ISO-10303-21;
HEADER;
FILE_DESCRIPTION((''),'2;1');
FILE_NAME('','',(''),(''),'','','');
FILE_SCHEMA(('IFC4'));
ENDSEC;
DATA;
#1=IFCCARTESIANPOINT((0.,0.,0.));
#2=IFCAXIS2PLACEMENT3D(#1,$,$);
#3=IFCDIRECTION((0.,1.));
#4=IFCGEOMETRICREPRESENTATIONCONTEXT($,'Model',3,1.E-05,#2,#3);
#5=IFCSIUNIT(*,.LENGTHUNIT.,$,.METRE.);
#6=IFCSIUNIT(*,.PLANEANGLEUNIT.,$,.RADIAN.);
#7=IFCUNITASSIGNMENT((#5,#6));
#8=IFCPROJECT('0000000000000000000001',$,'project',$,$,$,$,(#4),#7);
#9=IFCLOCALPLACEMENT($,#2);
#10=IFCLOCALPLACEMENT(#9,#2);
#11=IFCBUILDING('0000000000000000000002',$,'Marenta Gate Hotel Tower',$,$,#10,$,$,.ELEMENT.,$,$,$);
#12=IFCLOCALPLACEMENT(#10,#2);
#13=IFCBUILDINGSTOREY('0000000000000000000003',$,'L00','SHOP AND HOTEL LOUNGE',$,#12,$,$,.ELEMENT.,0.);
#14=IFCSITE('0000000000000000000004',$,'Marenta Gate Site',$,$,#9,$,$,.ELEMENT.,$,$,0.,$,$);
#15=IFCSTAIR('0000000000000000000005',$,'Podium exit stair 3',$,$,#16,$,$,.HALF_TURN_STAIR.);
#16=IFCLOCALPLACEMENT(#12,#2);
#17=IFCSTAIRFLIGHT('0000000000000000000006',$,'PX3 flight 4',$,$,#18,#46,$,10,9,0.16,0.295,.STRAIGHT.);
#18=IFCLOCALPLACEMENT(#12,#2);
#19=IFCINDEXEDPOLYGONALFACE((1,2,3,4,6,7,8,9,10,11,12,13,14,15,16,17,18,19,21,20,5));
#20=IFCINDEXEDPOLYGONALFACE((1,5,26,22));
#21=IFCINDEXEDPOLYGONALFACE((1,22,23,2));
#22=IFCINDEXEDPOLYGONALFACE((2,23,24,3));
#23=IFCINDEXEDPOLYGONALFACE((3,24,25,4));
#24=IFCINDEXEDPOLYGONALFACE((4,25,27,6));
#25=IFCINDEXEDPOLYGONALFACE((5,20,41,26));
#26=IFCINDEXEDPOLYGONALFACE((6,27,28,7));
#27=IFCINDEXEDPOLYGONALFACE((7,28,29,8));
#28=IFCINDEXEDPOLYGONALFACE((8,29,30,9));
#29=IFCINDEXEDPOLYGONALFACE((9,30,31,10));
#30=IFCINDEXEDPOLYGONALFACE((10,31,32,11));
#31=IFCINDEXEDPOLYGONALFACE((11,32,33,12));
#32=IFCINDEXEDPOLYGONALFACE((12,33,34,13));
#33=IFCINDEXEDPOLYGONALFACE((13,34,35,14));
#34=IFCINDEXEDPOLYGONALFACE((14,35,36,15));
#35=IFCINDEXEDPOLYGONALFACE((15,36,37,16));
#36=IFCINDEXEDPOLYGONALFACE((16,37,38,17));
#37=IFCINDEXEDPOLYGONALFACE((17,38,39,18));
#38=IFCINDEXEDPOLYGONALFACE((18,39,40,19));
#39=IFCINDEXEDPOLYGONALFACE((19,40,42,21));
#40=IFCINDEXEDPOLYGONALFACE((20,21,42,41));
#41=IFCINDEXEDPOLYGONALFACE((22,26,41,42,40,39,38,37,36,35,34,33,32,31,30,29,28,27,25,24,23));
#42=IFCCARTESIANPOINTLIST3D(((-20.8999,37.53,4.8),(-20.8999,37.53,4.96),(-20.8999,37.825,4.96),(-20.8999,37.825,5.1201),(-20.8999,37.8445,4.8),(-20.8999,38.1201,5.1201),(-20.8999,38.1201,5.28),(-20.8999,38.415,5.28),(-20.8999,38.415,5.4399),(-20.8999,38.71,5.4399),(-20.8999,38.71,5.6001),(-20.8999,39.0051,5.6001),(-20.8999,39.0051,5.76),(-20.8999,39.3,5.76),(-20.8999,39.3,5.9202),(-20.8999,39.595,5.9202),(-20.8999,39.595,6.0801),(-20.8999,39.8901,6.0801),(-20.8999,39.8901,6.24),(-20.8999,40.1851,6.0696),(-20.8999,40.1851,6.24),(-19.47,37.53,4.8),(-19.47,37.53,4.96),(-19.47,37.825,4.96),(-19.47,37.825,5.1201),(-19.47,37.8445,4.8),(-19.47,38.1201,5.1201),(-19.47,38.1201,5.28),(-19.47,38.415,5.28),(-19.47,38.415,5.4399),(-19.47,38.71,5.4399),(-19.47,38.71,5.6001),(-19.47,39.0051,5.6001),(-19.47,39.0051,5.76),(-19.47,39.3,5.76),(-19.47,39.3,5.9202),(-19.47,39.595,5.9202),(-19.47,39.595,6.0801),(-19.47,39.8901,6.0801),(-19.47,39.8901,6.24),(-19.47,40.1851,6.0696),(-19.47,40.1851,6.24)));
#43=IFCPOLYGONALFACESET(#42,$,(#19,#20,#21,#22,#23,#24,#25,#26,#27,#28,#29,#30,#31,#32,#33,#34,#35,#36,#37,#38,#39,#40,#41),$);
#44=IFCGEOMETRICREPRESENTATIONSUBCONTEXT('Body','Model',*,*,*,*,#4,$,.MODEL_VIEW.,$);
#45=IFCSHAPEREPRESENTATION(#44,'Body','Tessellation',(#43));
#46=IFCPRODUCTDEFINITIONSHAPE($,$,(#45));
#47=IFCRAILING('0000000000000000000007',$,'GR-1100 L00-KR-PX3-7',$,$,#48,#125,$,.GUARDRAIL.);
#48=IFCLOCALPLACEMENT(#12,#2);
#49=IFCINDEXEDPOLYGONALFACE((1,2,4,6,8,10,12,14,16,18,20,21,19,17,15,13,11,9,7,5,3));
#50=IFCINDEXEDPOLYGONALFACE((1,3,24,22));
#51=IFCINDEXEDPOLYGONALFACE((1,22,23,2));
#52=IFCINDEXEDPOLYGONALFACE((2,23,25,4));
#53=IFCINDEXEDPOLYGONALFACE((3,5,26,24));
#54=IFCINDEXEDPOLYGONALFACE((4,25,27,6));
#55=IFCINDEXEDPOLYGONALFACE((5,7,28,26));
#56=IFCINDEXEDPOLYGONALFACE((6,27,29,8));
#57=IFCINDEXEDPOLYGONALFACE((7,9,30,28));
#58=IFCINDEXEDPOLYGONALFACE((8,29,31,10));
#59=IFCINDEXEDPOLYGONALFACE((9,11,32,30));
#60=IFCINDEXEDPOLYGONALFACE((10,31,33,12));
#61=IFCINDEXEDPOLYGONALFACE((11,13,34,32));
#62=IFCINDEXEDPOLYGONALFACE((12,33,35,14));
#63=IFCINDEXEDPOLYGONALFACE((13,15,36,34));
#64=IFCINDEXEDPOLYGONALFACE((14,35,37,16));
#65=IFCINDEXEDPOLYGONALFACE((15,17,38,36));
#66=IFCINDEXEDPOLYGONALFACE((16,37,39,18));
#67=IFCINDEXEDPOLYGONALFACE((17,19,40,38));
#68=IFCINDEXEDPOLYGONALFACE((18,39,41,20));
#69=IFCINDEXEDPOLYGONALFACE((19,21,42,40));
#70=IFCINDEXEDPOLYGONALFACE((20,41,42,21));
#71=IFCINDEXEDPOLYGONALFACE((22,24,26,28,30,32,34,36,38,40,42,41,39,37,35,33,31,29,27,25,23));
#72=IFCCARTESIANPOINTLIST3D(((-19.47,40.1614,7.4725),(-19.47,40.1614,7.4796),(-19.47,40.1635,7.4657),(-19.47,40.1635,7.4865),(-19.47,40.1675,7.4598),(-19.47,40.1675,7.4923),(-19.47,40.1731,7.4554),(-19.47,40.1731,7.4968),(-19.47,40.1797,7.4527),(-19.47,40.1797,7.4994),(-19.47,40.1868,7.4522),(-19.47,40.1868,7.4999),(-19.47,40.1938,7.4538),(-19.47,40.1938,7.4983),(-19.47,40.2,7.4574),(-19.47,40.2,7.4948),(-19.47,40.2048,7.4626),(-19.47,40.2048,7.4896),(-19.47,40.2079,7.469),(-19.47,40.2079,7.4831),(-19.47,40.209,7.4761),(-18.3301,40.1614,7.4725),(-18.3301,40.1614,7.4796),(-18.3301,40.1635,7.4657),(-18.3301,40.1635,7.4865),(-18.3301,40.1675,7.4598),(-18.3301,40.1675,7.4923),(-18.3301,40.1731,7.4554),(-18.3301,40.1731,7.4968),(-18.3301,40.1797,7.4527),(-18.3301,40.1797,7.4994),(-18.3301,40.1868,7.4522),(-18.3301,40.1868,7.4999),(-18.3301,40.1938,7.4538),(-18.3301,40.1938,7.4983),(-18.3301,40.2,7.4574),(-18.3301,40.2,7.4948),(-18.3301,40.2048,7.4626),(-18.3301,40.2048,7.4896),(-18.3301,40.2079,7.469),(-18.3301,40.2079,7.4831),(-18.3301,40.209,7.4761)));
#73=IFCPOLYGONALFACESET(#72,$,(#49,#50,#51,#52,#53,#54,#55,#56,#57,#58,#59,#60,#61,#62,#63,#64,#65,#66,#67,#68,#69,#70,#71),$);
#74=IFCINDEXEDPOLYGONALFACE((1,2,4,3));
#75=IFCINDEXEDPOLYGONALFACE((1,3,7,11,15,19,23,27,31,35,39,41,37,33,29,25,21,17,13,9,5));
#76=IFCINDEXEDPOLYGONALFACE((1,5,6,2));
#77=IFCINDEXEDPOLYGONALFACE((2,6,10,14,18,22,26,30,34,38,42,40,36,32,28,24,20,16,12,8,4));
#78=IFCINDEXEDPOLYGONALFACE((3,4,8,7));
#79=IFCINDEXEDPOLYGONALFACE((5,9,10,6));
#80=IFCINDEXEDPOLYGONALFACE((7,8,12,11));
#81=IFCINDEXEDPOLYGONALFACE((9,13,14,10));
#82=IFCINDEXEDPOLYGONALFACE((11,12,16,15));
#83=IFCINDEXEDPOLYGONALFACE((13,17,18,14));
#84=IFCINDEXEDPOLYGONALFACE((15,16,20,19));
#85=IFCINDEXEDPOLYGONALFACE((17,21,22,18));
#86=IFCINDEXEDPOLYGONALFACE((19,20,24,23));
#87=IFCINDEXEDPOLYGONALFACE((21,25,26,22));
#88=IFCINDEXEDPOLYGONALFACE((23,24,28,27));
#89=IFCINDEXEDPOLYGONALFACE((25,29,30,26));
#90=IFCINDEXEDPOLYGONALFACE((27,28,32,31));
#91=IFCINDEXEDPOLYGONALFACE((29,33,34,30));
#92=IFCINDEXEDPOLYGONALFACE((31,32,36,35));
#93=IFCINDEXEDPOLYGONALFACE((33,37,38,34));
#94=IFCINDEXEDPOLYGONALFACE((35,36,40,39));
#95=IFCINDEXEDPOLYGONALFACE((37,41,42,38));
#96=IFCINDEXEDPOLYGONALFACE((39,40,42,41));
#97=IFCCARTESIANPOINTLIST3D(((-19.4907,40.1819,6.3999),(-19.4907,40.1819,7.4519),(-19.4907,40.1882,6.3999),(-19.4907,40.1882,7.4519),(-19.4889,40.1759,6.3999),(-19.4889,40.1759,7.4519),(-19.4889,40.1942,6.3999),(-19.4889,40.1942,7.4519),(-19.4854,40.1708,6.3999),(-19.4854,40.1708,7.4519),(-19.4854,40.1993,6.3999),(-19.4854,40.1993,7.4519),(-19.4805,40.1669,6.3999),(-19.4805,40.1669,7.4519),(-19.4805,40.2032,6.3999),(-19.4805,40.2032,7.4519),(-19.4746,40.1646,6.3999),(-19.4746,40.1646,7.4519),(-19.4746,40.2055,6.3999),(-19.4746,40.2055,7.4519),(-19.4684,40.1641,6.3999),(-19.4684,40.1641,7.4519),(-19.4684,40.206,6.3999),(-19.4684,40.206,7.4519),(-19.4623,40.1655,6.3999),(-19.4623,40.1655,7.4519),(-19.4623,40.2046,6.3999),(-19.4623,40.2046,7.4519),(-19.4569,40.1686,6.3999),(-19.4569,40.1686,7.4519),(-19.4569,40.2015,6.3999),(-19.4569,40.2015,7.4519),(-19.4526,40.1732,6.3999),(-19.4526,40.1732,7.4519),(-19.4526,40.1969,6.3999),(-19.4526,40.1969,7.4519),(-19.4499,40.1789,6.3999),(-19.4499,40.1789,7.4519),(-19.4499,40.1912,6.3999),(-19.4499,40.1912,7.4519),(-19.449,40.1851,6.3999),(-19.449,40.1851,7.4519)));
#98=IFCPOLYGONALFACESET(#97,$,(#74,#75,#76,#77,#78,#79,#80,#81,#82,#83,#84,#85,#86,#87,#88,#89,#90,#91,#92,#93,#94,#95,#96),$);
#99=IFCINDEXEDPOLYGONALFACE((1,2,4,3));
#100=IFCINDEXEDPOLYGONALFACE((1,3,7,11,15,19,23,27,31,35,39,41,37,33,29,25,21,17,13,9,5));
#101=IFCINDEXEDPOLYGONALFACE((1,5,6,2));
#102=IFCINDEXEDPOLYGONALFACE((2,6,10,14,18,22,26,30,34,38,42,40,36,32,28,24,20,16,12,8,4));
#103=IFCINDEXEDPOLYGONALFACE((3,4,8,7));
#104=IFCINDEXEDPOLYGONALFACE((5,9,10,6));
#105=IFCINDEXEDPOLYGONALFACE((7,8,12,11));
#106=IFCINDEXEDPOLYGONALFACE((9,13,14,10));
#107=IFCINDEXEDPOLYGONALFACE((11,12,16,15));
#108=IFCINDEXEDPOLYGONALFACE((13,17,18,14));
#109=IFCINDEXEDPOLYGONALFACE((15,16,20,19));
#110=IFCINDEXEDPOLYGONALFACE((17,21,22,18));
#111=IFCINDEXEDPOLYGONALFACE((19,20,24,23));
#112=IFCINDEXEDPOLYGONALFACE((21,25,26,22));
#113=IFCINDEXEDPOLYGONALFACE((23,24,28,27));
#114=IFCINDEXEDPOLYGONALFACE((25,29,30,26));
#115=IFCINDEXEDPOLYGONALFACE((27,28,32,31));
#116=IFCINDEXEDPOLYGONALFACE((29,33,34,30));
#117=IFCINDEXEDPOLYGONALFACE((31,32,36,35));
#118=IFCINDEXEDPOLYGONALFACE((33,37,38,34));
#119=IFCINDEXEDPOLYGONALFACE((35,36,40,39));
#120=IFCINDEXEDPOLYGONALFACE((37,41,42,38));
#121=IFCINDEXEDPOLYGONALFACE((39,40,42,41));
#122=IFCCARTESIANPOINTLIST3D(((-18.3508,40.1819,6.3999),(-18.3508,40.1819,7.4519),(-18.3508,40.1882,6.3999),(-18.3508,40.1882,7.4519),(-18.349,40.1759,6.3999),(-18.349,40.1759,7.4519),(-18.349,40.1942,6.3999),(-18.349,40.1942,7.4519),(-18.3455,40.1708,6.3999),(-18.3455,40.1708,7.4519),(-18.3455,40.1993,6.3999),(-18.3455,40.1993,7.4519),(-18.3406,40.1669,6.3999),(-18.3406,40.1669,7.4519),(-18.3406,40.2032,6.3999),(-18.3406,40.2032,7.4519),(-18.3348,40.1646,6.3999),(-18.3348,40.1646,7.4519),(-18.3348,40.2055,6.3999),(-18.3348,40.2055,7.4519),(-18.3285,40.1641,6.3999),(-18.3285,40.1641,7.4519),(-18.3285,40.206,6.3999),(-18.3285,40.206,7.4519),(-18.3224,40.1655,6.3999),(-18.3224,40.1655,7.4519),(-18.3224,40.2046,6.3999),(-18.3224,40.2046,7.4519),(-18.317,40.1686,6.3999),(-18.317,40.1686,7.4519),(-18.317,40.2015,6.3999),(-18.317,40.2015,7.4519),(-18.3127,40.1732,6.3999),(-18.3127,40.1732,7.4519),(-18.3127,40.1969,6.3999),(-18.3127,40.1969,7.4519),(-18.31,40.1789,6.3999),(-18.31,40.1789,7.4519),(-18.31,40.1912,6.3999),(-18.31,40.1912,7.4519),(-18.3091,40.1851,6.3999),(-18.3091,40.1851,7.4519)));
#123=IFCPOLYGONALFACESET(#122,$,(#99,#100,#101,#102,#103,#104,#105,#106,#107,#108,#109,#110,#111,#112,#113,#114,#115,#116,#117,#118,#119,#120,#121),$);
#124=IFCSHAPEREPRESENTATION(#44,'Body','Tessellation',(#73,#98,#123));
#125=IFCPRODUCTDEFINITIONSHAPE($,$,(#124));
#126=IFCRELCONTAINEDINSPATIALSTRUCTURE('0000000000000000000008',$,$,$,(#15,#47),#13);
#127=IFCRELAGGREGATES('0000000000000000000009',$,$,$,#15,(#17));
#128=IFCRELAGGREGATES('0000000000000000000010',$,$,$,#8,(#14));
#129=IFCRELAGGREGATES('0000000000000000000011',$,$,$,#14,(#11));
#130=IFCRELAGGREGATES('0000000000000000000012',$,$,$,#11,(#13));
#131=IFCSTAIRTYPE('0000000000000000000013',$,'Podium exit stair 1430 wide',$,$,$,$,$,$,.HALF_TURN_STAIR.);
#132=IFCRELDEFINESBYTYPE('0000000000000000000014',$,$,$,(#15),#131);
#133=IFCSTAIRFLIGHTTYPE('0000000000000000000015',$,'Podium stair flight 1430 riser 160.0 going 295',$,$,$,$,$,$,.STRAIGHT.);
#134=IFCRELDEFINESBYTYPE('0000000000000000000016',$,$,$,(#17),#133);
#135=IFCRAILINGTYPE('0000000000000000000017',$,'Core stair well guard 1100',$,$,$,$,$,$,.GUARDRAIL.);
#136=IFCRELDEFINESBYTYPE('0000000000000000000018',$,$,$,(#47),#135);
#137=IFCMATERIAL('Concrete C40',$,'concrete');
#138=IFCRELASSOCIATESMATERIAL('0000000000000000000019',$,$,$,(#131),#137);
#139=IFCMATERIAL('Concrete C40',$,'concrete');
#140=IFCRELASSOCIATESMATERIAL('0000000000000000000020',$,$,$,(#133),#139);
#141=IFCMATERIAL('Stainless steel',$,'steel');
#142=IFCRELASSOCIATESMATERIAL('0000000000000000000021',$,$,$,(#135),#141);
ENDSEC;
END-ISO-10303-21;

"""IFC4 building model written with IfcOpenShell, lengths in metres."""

from ifc_helpers import new_model, si_unit, direction, frame, origin, origin_2d, place, context, subcontext, project, spatial, polyline, circle, outline, extrude, material, type_object, element, aggregate, save


model = new_model("IFC4")

# Units and contexts
model_context = context("Model", 3, precision=1e-05, world=origin(), true_north=direction((0.0, 1.0)))
body_context = subcontext(model_context, "Body", "Model", "MODEL_VIEW")
ifc_project = project(units=[si_unit("LENGTHUNIT", "METRE"), si_unit("PLANEANGLEUNIT", "RADIAN")], contexts=[model_context])

# Site, building, storey
site_placement = place(None, origin())
site = spatial("IfcSite", under=ifc_project, at=site_placement, Name="Marenta Gate Site", CompositionType="ELEMENT", RefElevation=0.0)
building_placement = place(site_placement, origin())
building = spatial("IfcBuilding", under=site, at=building_placement, Name="Marenta Gate Hotel Tower", CompositionType="ELEMENT")
storey_placement = place(building_placement, origin())
storey = spatial("IfcBuildingStorey", under=building, at=storey_placement, Name="L00", Description="SHOP AND HOTEL LOUNGE", CompositionType="ELEMENT", Elevation=0.0)

# Stair, stair flight
ifc_material_1 = material(Name="Concrete C40", Category="concrete")
stair_type = type_object("IfcStairType", Name="Podium exit stair 1430 wide", PredefinedType="HALF_TURN_STAIR", material=ifc_material_1)
stair_placement = place(storey_placement, origin())
stair = element("IfcStair", 1, at=stair_placement, inside=storey, type_object=stair_type, Name="Podium exit stair 3", PredefinedType="HALF_TURN_STAIR")
ifc_material_2 = material(Name="Concrete C40", Category="concrete")
stair_flight_type = type_object("IfcStairFlightType", Name="Podium stair flight 1430 riser 160.0 going 295", PredefinedType="STRAIGHT", material=ifc_material_2)
stair_flight_1_placement = place(storey_placement, frame((-20.1851, 37.53, 4.8), z_axis=(0.0, 0.0, 1.0), x_axis=(0.0, 1.0, 0.0)))
stair_flight_1 = element("IfcStairFlight", 2, at=stair_flight_1_placement, type_object=stair_flight_type, Name="PX3 flight 4", NumberOfRisers=10, NumberOfTreads=9, PredefinedType="STRAIGHT", RiserHeight=0.16, TreadLength=0.295, context=body_context, shape_type="SweptSolid", body=[
    extrude(outline(polyline([(0.0, 0.0), (0.0, 0.1599), (0.2949, 0.1599), (0.2949, 0.3201), (0.5901, 0.3201), (0.5901, 0.48), (0.885, 0.48), (0.885, 0.6399), (1.1799, 0.6399), (1.1799, 0.8), (1.4751, 0.8), (1.4751, 0.96), (1.77, 0.96), (1.77, 1.1201), (2.0649, 1.1201), (2.0649, 1.28), (2.3601, 1.28), (2.3601, 1.4399), (2.655, 1.4399), (2.655, 1.6001), (2.655, 1.2695), (0.3145, 0.0), (0.0, 0.0)])), frame((0.0, 0.7148, 0.0), z_axis=(0.0, -1.0, 0.0), x_axis=(1.0, 0.0, 0.0)), (0.0, 0.0, 1.0), 1.4299),
])
aggregate(stair, [stair_flight_1])

# Railing
ifc_material_3 = material(Name="Stainless steel", Category="steel")
railing_type = type_object("IfcRailingType", Name="Core stair well guard 1100", PredefinedType="GUARDRAIL", material=ifc_material_3)
railing_1_placement = place(storey_placement, frame((-19.47, 40.1851, 6.3999)))
element("IfcRailing", 3, at=railing_1_placement, inside=storey, type_object=railing_type, Name="GR-1100 L00-KR-PX3-7", PredefinedType="GUARDRAIL", context=body_context, shape_type="SweptSolid", body=[
    extrude(circle(Radius=0.0239, at=origin_2d()), frame((0.0, 0.0, 1.0762), z_axis=(1.0, 0.0, 0.0), x_axis=(0.0, 1.0, 0.0)), (0.0, 0.0, 1.0), 1.1399),
    extrude(circle(Radius=0.021, at=origin_2d()), origin(), (0.0, 0.0, 1.0), 1.052),
    extrude(circle(Radius=0.021, at=origin_2d()), frame((1.1399, 0.0, 0.0)), (0.0, 0.0, 1.0), 1.052),
])

save(model, "model.ifc")
